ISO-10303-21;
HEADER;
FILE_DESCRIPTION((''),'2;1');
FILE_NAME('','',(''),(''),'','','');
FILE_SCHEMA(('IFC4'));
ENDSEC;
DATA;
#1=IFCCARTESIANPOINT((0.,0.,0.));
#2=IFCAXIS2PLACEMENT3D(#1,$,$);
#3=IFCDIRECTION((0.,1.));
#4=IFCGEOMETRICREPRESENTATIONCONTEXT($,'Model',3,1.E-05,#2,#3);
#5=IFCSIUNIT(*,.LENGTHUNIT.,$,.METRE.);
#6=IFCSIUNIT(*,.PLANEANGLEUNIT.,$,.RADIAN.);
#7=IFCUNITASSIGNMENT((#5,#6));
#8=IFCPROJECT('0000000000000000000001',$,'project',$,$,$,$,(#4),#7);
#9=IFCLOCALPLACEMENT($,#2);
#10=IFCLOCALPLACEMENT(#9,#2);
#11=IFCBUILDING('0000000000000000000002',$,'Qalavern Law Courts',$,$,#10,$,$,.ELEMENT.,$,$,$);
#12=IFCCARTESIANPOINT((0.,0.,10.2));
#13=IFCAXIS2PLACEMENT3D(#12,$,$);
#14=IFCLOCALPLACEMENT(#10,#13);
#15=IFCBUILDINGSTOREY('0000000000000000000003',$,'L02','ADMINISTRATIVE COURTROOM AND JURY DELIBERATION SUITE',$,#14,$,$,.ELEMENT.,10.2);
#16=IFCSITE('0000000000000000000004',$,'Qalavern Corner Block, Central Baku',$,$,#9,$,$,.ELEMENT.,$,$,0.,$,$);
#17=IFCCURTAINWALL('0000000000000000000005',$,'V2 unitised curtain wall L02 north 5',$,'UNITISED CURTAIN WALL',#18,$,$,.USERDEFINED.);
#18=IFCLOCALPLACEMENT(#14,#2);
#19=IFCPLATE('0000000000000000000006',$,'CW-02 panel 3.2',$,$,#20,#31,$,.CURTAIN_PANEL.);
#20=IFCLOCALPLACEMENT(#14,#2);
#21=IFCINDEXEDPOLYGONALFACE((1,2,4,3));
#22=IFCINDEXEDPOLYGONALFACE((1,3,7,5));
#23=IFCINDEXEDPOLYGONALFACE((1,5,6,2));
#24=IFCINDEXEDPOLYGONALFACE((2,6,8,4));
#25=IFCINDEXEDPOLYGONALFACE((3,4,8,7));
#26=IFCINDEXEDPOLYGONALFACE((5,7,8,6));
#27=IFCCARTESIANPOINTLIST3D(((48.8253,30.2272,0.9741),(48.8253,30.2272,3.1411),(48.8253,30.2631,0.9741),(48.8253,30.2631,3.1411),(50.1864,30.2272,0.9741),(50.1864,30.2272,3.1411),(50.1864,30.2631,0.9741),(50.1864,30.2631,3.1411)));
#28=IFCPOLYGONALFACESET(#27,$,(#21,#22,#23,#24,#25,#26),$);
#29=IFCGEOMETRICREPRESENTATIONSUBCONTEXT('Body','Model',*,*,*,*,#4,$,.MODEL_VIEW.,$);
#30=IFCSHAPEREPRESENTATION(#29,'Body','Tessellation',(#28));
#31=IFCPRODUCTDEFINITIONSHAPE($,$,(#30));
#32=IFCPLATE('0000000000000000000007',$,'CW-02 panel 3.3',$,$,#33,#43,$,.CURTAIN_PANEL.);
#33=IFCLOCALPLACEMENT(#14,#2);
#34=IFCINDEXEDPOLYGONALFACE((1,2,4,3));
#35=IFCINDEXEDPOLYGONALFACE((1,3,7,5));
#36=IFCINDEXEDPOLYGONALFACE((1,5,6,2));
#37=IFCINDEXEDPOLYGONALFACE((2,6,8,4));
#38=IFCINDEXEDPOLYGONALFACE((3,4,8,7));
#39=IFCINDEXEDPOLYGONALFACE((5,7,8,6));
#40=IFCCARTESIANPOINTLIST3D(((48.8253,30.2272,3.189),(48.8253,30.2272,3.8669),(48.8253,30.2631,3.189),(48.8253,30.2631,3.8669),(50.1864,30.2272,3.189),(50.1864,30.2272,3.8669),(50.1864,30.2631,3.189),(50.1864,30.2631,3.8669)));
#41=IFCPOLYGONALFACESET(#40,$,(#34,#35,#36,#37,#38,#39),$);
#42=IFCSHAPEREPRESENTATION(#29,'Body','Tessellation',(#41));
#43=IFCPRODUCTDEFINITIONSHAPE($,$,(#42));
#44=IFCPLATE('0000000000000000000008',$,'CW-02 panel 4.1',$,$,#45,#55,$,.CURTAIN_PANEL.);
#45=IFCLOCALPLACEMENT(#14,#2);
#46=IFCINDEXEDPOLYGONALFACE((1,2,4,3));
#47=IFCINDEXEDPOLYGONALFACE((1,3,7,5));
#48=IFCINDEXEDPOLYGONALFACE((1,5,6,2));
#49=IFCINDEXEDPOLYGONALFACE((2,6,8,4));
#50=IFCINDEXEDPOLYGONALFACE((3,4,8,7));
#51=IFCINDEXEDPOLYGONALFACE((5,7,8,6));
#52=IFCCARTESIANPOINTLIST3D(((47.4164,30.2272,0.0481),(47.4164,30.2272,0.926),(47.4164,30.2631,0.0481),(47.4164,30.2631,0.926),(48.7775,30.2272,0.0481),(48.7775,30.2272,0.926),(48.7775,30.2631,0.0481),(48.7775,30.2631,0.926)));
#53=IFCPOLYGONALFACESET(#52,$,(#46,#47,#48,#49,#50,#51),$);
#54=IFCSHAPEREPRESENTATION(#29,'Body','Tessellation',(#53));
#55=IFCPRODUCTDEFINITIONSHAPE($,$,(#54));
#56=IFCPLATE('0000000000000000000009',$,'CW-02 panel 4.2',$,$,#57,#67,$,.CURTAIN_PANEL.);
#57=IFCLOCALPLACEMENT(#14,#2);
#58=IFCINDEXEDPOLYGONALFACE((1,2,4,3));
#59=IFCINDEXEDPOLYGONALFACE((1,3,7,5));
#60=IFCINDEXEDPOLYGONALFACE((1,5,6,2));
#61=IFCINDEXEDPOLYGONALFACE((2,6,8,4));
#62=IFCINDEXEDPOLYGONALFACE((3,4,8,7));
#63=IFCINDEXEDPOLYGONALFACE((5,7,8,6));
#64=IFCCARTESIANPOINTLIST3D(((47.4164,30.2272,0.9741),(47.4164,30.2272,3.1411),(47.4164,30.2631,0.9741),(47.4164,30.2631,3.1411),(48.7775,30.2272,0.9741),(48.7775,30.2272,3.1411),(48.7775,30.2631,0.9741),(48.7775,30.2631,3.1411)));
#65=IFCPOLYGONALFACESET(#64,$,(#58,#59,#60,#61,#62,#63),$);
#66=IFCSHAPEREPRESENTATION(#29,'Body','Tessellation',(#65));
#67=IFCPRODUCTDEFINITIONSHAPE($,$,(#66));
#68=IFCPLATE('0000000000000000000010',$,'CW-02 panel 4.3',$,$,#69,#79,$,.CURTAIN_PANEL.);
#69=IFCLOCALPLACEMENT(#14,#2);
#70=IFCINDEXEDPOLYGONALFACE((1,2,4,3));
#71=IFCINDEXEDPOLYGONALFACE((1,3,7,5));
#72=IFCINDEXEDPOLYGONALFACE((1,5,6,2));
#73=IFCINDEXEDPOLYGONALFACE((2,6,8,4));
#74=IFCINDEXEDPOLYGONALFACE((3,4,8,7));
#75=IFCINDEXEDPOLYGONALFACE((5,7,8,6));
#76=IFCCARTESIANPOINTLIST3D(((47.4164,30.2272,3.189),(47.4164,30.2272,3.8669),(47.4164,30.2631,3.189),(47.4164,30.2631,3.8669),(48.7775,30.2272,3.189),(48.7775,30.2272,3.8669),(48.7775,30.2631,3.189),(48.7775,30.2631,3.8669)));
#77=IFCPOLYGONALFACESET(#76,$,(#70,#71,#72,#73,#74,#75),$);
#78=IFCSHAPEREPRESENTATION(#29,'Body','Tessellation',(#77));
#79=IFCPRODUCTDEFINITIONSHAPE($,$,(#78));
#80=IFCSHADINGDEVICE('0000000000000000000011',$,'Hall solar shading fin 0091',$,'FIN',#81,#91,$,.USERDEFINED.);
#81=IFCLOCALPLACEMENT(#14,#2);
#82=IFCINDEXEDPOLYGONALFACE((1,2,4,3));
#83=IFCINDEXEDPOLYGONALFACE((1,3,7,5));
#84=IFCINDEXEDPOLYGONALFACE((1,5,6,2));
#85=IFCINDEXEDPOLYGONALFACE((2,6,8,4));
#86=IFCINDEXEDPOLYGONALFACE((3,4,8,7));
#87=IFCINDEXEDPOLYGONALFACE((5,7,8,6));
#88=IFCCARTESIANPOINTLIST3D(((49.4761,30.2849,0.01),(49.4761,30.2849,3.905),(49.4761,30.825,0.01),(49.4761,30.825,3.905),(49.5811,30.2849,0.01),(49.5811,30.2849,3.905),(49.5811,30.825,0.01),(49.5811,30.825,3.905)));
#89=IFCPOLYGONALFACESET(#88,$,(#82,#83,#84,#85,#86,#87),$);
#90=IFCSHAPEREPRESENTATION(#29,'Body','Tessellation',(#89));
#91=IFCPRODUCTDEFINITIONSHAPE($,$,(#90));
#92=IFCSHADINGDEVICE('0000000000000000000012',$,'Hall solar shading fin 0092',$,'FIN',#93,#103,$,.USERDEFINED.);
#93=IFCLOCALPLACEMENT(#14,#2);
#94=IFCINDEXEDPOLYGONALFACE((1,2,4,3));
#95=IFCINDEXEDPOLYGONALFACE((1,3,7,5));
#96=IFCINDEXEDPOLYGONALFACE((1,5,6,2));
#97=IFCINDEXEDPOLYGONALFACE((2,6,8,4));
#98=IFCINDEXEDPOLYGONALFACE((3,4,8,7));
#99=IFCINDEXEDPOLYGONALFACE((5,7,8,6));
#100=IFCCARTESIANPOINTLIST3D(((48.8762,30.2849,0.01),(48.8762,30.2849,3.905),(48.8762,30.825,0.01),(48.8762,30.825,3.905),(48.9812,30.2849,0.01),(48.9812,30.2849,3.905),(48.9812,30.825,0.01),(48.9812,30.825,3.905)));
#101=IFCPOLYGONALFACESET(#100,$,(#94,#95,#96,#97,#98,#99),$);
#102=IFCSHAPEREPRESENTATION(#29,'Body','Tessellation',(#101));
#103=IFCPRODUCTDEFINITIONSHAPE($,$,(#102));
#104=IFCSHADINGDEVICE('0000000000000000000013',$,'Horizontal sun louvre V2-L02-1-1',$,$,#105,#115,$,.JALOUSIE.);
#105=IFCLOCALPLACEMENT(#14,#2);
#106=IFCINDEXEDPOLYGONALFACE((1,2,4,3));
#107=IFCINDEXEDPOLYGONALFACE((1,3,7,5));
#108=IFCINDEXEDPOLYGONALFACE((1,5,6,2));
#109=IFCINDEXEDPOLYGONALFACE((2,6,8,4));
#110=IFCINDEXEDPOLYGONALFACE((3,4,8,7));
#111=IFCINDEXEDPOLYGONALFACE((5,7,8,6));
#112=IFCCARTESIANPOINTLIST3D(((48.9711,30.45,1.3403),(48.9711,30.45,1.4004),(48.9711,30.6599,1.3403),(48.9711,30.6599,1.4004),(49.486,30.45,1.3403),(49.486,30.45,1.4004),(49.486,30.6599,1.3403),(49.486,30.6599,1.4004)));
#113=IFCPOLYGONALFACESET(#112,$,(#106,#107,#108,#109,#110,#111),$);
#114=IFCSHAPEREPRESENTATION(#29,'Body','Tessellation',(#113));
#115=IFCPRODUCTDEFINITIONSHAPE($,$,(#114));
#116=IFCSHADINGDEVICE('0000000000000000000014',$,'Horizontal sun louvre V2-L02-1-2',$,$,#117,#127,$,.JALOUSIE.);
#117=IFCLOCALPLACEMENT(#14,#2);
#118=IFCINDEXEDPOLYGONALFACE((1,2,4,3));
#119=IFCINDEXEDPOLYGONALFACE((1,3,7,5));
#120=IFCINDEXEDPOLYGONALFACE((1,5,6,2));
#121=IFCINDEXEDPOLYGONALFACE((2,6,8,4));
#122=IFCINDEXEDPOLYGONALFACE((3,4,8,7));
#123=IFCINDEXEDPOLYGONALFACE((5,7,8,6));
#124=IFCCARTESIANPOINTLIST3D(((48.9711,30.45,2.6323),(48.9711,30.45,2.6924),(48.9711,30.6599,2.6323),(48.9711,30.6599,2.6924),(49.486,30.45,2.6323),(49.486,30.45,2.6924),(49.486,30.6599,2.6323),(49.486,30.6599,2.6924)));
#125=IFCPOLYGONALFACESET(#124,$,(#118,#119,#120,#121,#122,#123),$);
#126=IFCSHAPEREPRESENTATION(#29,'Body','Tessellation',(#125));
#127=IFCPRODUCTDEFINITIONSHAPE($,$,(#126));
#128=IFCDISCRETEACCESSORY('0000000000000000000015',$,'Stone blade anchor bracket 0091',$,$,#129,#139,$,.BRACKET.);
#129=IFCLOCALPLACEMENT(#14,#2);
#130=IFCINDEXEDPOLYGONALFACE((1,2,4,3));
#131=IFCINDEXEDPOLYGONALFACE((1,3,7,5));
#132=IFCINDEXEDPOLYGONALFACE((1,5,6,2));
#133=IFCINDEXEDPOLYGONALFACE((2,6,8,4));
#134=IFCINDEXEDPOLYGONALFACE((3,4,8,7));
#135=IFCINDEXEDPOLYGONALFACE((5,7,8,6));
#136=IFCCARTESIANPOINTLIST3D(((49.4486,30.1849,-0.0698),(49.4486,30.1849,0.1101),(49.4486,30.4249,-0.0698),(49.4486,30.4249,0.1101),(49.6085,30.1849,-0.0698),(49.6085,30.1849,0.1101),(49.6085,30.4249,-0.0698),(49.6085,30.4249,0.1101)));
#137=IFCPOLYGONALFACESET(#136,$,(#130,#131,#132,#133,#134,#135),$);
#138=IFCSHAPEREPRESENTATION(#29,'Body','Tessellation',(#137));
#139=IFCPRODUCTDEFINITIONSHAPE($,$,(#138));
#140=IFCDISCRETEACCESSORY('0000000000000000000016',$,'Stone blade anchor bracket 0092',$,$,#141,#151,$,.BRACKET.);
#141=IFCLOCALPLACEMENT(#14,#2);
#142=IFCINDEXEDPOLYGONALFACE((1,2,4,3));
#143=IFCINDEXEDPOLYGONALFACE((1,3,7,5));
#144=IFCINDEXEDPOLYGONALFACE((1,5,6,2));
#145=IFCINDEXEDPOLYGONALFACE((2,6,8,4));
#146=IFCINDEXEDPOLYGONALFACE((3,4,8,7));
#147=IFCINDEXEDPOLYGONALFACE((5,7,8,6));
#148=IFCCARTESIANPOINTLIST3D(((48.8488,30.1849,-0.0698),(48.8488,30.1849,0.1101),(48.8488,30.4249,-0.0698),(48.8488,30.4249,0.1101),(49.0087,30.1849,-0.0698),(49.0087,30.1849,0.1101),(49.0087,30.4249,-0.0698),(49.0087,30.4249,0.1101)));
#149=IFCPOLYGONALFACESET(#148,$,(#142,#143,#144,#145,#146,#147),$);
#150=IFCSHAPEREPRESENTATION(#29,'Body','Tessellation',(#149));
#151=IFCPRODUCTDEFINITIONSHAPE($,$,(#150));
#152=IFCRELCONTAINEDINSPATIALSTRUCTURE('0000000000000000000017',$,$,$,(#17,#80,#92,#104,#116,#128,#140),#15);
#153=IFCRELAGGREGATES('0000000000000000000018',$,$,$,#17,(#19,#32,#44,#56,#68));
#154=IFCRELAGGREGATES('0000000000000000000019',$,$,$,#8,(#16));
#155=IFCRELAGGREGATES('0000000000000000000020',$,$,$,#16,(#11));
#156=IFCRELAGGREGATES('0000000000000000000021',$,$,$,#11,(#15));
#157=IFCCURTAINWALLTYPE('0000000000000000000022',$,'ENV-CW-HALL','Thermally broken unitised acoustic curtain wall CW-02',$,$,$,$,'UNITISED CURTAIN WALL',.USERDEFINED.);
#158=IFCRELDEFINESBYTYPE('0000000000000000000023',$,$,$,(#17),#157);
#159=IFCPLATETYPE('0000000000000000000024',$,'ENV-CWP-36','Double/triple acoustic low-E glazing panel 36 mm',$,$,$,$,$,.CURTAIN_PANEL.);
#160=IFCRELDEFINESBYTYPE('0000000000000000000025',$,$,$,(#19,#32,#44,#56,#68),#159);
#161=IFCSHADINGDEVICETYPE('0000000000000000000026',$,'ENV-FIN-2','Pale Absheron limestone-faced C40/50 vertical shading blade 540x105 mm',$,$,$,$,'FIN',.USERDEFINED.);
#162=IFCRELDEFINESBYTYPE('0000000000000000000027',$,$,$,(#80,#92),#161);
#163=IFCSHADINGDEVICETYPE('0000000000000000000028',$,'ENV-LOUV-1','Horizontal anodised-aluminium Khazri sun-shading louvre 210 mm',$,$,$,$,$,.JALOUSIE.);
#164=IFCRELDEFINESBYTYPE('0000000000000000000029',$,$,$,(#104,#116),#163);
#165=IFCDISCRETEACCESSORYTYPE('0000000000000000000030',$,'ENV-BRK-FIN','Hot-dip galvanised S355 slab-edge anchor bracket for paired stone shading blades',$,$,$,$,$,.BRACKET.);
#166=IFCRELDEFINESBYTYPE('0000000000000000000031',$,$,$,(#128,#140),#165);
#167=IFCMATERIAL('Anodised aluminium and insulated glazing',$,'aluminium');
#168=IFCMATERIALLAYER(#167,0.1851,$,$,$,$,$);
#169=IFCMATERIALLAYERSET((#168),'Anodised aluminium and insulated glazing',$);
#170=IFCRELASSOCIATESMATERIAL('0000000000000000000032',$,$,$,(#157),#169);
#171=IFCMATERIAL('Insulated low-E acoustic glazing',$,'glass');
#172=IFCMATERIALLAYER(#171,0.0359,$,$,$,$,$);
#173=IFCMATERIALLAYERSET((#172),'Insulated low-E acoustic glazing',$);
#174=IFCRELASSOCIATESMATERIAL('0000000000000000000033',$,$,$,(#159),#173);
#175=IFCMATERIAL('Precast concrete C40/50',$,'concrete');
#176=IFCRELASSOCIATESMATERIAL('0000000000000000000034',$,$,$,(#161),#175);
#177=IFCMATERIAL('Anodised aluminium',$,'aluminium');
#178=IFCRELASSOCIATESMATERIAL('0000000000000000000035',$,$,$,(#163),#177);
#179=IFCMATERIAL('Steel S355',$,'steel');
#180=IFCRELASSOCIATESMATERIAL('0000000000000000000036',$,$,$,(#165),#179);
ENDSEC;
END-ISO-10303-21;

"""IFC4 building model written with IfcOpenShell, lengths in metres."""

from ifc_helpers import new_model, si_unit, direction, frame, origin, origin_2d, place, context, subcontext, project, spatial, rectangle, extrude, material, layer, layer_set, type_object, element, aggregate, save


model = new_model("IFC4")

# Units and contexts
model_context = context("Model", 3, precision=1e-05, world=origin(), true_north=direction((0.0, 1.0)))
body_context = subcontext(model_context, "Body", "Model", "MODEL_VIEW")
ifc_project = project(units=[si_unit("LENGTHUNIT", "METRE"), si_unit("PLANEANGLEUNIT", "RADIAN")], contexts=[model_context])

# Site, building, storey
site_placement = place(None, origin())
site = spatial("IfcSite", under=ifc_project, at=site_placement, Name="Qalavern Corner Block, Central Baku", CompositionType="ELEMENT", RefElevation=0.0)
building_placement = place(site_placement, origin())
building = spatial("IfcBuilding", under=site, at=building_placement, Name="Qalavern Law Courts", CompositionType="ELEMENT")
storey_placement = place(building_placement, frame((0.0, 0.0, 10.2)))
storey = spatial("IfcBuildingStorey", under=building, at=storey_placement, Name="L02", Description="ADMINISTRATIVE COURTROOM AND JURY DELIBERATION SUITE", CompositionType="ELEMENT", Elevation=10.2)

# Curtain wall, plates
ifc_material_1 = material(Name="Anodised aluminium and insulated glazing", Category="aluminium")
ifc_layer_1 = layer(ifc_material_1, 0.1851)
ifc_layer_set_1 = layer_set([ifc_layer_1], Name="Anodised aluminium and insulated glazing")
curtain_wall_type = type_object("IfcCurtainWallType", Name="ENV-CW-HALL", Description="Thermally broken unitised acoustic curtain wall CW-02", ElementType="UNITISED CURTAIN WALL", PredefinedType="USERDEFINED", material=ifc_layer_set_1)
curtain_wall_placement = place(storey_placement, origin())
curtain_wall = element("IfcCurtainWall", 1, at=curtain_wall_placement, inside=storey, type_object=curtain_wall_type, Name="V2 unitised curtain wall L02 north 5", ObjectType="UNITISED CURTAIN WALL", PredefinedType="USERDEFINED")
ifc_material_2 = material(Name="Anodised aluminium", Category="aluminium")
ifc_material_3 = material(Name="Insulated low-E acoustic glazing", Category="glass")
ifc_layer_2 = layer(ifc_material_3, 0.0359)
ifc_layer_set_2 = layer_set([ifc_layer_2], Name="Insulated low-E acoustic glazing")
plate_type = type_object("IfcPlateType", Name="ENV-CWP-36", Description="Double/triple acoustic low-E glazing panel 36 mm", PredefinedType="CURTAIN_PANEL", material=ifc_layer_set_2)
plate_1_placement = place(storey_placement, frame((49.5059, 30.2451, 0.9741), z_axis=(0.0, 0.0, 1.0), x_axis=(-1.0, 0.0, 0.0)))
plate_1 = element("IfcPlate", 2, at=plate_1_placement, type_object=plate_type, Name="CW-02 panel 3.2", PredefinedType="CURTAIN_PANEL", context=body_context, shape_type="SweptSolid", body=[
    extrude(rectangle(XDim=1.3611, YDim=0.0359, at=origin_2d()), origin(), (0.0, 0.0, 1.0), 2.167),
])
plate_2_placement = place(storey_placement, frame((49.5059, 30.2451, 3.189), z_axis=(0.0, 0.0, 1.0), x_axis=(-1.0, 0.0, 0.0)))
plate_2 = element("IfcPlate", 3, at=plate_2_placement, type_object=plate_type, Name="CW-02 panel 3.3", PredefinedType="CURTAIN_PANEL", context=body_context, shape_type="SweptSolid", body=[
    extrude(rectangle(XDim=1.3611, YDim=0.0359, at=origin_2d()), origin(), (0.0, 0.0, 1.0), 0.678),
])
plate_3_placement = place(storey_placement, frame((48.0969, 30.2451, 0.0481), z_axis=(0.0, 0.0, 1.0), x_axis=(-1.0, 0.0, 0.0)))
plate_3 = element("IfcPlate", 4, at=plate_3_placement, type_object=plate_type, Name="CW-02 panel 4.1", PredefinedType="CURTAIN_PANEL", context=body_context, shape_type="SweptSolid", body=[
    extrude(rectangle(XDim=1.3611, YDim=0.0359, at=origin_2d()), origin(), (0.0, 0.0, 1.0), 0.8779),
])
plate_4_placement = place(storey_placement, frame((48.0969, 30.2451, 0.9741), z_axis=(0.0, 0.0, 1.0), x_axis=(-1.0, 0.0, 0.0)))
plate_4 = element("IfcPlate", 5, at=plate_4_placement, type_object=plate_type, Name="CW-02 panel 4.2", PredefinedType="CURTAIN_PANEL", context=body_context, shape_type="SweptSolid", body=[
    extrude(rectangle(XDim=1.3611, YDim=0.0359, at=origin_2d()), origin(), (0.0, 0.0, 1.0), 2.167),
])
plate_5_placement = place(storey_placement, frame((48.0969, 30.2451, 3.189), z_axis=(0.0, 0.0, 1.0), x_axis=(-1.0, 0.0, 0.0)))
plate_5 = element("IfcPlate", 6, at=plate_5_placement, type_object=plate_type, Name="CW-02 panel 4.3", PredefinedType="CURTAIN_PANEL", context=body_context, shape_type="SweptSolid", body=[
    extrude(rectangle(XDim=1.3611, YDim=0.0359, at=origin_2d()), origin(), (0.0, 0.0, 1.0), 0.678),
])
aggregate(curtain_wall, [plate_1, plate_2, plate_3, plate_4, plate_5])

# Shading devices
ifc_material_4 = material(Name="Precast concrete C40/50", Category="concrete")
shading_device_type_1 = type_object("IfcShadingDeviceType", Name="ENV-FIN-2", Description="Pale Absheron limestone-faced C40/50 vertical shading blade 540x105 mm", ElementType="FIN", PredefinedType="USERDEFINED", material=ifc_material_4)
for number, where, z_axis, x_axis, name in (
    (7, (49.5286, 30.5549, 0.01), (0.0, 0.0, 1.0), (0.0, 1.0, 0.0), "Hall solar shading fin 0091"),
    (8, (48.9287, 30.5549, 0.01), (0.0, 0.0, 1.0), (0.0, 1.0, 0.0), "Hall solar shading fin 0092"),
):
    element("IfcShadingDevice", number, at=place(storey_placement, frame(where, z_axis=z_axis, x_axis=x_axis)), inside=storey, type_object=shading_device_type_1, Name=name, ObjectType="FIN", PredefinedType="USERDEFINED", context=body_context, shape_type="SweptSolid", body=[
        extrude(rectangle(XDim=0.54, YDim=0.105, at=origin_2d()), origin(), (0.0, 0.0, 1.0), 3.895),
    ])
shading_device_type_2 = type_object("IfcShadingDeviceType", Name="ENV-LOUV-1", Description="Horizontal anodised-aluminium Khazri sun-shading louvre 210 mm", PredefinedType="JALOUSIE", material=ifc_material_2)
for number, where, z_axis, x_axis, name in (
    (9, (49.2285, 30.5549, 1.3403), (0.0, 0.0, 1.0), (-1.0, 0.0, 0.0), "Horizontal sun louvre V2-L02-1-1"),
    (10, (49.2285, 30.5549, 2.6323), (0.0, 0.0, 1.0), (-1.0, 0.0, 0.0), "Horizontal sun louvre V2-L02-1-2"),
):
    element("IfcShadingDevice", number, at=place(storey_placement, frame(where, z_axis=z_axis, x_axis=x_axis)), inside=storey, type_object=shading_device_type_2, Name=name, PredefinedType="JALOUSIE", context=body_context, shape_type="SweptSolid", body=[
        extrude(rectangle(XDim=0.5149, YDim=0.21, at=origin_2d()), origin(), (0.0, 0.0, 1.0), 0.0601),
    ])

# Discrete accessories
ifc_material_5 = material(Name="Steel S355", Category="steel")
discrete_accessory_type = type_object("IfcDiscreteAccessoryType", Name="ENV-BRK-FIN", Description="Hot-dip galvanised S355 slab-edge anchor bracket for paired stone shading blades", PredefinedType="BRACKET", material=ifc_material_5)
for number, where, z_axis, x_axis, name in (
    (11, (49.5286, 30.3049, -0.0698), (0.0, 0.0, 1.0), (0.0, 1.0, 0.0), "Stone blade anchor bracket 0091"),
    (12, (48.9287, 30.3049, -0.0698), (0.0, 0.0, 1.0), (0.0, 1.0, 0.0), "Stone blade anchor bracket 0092"),
):
    element("IfcDiscreteAccessory", number, at=place(storey_placement, frame(where, z_axis=z_axis, x_axis=x_axis)), inside=storey, type_object=discrete_accessory_type, Name=name, PredefinedType="BRACKET", context=body_context, shape_type="SweptSolid", body=[
        extrude(rectangle(XDim=0.24, YDim=0.1599, at=origin_2d()), origin(), (0.0, 0.0, 1.0), 0.1799),
    ])

save(model, "model.ifc")
